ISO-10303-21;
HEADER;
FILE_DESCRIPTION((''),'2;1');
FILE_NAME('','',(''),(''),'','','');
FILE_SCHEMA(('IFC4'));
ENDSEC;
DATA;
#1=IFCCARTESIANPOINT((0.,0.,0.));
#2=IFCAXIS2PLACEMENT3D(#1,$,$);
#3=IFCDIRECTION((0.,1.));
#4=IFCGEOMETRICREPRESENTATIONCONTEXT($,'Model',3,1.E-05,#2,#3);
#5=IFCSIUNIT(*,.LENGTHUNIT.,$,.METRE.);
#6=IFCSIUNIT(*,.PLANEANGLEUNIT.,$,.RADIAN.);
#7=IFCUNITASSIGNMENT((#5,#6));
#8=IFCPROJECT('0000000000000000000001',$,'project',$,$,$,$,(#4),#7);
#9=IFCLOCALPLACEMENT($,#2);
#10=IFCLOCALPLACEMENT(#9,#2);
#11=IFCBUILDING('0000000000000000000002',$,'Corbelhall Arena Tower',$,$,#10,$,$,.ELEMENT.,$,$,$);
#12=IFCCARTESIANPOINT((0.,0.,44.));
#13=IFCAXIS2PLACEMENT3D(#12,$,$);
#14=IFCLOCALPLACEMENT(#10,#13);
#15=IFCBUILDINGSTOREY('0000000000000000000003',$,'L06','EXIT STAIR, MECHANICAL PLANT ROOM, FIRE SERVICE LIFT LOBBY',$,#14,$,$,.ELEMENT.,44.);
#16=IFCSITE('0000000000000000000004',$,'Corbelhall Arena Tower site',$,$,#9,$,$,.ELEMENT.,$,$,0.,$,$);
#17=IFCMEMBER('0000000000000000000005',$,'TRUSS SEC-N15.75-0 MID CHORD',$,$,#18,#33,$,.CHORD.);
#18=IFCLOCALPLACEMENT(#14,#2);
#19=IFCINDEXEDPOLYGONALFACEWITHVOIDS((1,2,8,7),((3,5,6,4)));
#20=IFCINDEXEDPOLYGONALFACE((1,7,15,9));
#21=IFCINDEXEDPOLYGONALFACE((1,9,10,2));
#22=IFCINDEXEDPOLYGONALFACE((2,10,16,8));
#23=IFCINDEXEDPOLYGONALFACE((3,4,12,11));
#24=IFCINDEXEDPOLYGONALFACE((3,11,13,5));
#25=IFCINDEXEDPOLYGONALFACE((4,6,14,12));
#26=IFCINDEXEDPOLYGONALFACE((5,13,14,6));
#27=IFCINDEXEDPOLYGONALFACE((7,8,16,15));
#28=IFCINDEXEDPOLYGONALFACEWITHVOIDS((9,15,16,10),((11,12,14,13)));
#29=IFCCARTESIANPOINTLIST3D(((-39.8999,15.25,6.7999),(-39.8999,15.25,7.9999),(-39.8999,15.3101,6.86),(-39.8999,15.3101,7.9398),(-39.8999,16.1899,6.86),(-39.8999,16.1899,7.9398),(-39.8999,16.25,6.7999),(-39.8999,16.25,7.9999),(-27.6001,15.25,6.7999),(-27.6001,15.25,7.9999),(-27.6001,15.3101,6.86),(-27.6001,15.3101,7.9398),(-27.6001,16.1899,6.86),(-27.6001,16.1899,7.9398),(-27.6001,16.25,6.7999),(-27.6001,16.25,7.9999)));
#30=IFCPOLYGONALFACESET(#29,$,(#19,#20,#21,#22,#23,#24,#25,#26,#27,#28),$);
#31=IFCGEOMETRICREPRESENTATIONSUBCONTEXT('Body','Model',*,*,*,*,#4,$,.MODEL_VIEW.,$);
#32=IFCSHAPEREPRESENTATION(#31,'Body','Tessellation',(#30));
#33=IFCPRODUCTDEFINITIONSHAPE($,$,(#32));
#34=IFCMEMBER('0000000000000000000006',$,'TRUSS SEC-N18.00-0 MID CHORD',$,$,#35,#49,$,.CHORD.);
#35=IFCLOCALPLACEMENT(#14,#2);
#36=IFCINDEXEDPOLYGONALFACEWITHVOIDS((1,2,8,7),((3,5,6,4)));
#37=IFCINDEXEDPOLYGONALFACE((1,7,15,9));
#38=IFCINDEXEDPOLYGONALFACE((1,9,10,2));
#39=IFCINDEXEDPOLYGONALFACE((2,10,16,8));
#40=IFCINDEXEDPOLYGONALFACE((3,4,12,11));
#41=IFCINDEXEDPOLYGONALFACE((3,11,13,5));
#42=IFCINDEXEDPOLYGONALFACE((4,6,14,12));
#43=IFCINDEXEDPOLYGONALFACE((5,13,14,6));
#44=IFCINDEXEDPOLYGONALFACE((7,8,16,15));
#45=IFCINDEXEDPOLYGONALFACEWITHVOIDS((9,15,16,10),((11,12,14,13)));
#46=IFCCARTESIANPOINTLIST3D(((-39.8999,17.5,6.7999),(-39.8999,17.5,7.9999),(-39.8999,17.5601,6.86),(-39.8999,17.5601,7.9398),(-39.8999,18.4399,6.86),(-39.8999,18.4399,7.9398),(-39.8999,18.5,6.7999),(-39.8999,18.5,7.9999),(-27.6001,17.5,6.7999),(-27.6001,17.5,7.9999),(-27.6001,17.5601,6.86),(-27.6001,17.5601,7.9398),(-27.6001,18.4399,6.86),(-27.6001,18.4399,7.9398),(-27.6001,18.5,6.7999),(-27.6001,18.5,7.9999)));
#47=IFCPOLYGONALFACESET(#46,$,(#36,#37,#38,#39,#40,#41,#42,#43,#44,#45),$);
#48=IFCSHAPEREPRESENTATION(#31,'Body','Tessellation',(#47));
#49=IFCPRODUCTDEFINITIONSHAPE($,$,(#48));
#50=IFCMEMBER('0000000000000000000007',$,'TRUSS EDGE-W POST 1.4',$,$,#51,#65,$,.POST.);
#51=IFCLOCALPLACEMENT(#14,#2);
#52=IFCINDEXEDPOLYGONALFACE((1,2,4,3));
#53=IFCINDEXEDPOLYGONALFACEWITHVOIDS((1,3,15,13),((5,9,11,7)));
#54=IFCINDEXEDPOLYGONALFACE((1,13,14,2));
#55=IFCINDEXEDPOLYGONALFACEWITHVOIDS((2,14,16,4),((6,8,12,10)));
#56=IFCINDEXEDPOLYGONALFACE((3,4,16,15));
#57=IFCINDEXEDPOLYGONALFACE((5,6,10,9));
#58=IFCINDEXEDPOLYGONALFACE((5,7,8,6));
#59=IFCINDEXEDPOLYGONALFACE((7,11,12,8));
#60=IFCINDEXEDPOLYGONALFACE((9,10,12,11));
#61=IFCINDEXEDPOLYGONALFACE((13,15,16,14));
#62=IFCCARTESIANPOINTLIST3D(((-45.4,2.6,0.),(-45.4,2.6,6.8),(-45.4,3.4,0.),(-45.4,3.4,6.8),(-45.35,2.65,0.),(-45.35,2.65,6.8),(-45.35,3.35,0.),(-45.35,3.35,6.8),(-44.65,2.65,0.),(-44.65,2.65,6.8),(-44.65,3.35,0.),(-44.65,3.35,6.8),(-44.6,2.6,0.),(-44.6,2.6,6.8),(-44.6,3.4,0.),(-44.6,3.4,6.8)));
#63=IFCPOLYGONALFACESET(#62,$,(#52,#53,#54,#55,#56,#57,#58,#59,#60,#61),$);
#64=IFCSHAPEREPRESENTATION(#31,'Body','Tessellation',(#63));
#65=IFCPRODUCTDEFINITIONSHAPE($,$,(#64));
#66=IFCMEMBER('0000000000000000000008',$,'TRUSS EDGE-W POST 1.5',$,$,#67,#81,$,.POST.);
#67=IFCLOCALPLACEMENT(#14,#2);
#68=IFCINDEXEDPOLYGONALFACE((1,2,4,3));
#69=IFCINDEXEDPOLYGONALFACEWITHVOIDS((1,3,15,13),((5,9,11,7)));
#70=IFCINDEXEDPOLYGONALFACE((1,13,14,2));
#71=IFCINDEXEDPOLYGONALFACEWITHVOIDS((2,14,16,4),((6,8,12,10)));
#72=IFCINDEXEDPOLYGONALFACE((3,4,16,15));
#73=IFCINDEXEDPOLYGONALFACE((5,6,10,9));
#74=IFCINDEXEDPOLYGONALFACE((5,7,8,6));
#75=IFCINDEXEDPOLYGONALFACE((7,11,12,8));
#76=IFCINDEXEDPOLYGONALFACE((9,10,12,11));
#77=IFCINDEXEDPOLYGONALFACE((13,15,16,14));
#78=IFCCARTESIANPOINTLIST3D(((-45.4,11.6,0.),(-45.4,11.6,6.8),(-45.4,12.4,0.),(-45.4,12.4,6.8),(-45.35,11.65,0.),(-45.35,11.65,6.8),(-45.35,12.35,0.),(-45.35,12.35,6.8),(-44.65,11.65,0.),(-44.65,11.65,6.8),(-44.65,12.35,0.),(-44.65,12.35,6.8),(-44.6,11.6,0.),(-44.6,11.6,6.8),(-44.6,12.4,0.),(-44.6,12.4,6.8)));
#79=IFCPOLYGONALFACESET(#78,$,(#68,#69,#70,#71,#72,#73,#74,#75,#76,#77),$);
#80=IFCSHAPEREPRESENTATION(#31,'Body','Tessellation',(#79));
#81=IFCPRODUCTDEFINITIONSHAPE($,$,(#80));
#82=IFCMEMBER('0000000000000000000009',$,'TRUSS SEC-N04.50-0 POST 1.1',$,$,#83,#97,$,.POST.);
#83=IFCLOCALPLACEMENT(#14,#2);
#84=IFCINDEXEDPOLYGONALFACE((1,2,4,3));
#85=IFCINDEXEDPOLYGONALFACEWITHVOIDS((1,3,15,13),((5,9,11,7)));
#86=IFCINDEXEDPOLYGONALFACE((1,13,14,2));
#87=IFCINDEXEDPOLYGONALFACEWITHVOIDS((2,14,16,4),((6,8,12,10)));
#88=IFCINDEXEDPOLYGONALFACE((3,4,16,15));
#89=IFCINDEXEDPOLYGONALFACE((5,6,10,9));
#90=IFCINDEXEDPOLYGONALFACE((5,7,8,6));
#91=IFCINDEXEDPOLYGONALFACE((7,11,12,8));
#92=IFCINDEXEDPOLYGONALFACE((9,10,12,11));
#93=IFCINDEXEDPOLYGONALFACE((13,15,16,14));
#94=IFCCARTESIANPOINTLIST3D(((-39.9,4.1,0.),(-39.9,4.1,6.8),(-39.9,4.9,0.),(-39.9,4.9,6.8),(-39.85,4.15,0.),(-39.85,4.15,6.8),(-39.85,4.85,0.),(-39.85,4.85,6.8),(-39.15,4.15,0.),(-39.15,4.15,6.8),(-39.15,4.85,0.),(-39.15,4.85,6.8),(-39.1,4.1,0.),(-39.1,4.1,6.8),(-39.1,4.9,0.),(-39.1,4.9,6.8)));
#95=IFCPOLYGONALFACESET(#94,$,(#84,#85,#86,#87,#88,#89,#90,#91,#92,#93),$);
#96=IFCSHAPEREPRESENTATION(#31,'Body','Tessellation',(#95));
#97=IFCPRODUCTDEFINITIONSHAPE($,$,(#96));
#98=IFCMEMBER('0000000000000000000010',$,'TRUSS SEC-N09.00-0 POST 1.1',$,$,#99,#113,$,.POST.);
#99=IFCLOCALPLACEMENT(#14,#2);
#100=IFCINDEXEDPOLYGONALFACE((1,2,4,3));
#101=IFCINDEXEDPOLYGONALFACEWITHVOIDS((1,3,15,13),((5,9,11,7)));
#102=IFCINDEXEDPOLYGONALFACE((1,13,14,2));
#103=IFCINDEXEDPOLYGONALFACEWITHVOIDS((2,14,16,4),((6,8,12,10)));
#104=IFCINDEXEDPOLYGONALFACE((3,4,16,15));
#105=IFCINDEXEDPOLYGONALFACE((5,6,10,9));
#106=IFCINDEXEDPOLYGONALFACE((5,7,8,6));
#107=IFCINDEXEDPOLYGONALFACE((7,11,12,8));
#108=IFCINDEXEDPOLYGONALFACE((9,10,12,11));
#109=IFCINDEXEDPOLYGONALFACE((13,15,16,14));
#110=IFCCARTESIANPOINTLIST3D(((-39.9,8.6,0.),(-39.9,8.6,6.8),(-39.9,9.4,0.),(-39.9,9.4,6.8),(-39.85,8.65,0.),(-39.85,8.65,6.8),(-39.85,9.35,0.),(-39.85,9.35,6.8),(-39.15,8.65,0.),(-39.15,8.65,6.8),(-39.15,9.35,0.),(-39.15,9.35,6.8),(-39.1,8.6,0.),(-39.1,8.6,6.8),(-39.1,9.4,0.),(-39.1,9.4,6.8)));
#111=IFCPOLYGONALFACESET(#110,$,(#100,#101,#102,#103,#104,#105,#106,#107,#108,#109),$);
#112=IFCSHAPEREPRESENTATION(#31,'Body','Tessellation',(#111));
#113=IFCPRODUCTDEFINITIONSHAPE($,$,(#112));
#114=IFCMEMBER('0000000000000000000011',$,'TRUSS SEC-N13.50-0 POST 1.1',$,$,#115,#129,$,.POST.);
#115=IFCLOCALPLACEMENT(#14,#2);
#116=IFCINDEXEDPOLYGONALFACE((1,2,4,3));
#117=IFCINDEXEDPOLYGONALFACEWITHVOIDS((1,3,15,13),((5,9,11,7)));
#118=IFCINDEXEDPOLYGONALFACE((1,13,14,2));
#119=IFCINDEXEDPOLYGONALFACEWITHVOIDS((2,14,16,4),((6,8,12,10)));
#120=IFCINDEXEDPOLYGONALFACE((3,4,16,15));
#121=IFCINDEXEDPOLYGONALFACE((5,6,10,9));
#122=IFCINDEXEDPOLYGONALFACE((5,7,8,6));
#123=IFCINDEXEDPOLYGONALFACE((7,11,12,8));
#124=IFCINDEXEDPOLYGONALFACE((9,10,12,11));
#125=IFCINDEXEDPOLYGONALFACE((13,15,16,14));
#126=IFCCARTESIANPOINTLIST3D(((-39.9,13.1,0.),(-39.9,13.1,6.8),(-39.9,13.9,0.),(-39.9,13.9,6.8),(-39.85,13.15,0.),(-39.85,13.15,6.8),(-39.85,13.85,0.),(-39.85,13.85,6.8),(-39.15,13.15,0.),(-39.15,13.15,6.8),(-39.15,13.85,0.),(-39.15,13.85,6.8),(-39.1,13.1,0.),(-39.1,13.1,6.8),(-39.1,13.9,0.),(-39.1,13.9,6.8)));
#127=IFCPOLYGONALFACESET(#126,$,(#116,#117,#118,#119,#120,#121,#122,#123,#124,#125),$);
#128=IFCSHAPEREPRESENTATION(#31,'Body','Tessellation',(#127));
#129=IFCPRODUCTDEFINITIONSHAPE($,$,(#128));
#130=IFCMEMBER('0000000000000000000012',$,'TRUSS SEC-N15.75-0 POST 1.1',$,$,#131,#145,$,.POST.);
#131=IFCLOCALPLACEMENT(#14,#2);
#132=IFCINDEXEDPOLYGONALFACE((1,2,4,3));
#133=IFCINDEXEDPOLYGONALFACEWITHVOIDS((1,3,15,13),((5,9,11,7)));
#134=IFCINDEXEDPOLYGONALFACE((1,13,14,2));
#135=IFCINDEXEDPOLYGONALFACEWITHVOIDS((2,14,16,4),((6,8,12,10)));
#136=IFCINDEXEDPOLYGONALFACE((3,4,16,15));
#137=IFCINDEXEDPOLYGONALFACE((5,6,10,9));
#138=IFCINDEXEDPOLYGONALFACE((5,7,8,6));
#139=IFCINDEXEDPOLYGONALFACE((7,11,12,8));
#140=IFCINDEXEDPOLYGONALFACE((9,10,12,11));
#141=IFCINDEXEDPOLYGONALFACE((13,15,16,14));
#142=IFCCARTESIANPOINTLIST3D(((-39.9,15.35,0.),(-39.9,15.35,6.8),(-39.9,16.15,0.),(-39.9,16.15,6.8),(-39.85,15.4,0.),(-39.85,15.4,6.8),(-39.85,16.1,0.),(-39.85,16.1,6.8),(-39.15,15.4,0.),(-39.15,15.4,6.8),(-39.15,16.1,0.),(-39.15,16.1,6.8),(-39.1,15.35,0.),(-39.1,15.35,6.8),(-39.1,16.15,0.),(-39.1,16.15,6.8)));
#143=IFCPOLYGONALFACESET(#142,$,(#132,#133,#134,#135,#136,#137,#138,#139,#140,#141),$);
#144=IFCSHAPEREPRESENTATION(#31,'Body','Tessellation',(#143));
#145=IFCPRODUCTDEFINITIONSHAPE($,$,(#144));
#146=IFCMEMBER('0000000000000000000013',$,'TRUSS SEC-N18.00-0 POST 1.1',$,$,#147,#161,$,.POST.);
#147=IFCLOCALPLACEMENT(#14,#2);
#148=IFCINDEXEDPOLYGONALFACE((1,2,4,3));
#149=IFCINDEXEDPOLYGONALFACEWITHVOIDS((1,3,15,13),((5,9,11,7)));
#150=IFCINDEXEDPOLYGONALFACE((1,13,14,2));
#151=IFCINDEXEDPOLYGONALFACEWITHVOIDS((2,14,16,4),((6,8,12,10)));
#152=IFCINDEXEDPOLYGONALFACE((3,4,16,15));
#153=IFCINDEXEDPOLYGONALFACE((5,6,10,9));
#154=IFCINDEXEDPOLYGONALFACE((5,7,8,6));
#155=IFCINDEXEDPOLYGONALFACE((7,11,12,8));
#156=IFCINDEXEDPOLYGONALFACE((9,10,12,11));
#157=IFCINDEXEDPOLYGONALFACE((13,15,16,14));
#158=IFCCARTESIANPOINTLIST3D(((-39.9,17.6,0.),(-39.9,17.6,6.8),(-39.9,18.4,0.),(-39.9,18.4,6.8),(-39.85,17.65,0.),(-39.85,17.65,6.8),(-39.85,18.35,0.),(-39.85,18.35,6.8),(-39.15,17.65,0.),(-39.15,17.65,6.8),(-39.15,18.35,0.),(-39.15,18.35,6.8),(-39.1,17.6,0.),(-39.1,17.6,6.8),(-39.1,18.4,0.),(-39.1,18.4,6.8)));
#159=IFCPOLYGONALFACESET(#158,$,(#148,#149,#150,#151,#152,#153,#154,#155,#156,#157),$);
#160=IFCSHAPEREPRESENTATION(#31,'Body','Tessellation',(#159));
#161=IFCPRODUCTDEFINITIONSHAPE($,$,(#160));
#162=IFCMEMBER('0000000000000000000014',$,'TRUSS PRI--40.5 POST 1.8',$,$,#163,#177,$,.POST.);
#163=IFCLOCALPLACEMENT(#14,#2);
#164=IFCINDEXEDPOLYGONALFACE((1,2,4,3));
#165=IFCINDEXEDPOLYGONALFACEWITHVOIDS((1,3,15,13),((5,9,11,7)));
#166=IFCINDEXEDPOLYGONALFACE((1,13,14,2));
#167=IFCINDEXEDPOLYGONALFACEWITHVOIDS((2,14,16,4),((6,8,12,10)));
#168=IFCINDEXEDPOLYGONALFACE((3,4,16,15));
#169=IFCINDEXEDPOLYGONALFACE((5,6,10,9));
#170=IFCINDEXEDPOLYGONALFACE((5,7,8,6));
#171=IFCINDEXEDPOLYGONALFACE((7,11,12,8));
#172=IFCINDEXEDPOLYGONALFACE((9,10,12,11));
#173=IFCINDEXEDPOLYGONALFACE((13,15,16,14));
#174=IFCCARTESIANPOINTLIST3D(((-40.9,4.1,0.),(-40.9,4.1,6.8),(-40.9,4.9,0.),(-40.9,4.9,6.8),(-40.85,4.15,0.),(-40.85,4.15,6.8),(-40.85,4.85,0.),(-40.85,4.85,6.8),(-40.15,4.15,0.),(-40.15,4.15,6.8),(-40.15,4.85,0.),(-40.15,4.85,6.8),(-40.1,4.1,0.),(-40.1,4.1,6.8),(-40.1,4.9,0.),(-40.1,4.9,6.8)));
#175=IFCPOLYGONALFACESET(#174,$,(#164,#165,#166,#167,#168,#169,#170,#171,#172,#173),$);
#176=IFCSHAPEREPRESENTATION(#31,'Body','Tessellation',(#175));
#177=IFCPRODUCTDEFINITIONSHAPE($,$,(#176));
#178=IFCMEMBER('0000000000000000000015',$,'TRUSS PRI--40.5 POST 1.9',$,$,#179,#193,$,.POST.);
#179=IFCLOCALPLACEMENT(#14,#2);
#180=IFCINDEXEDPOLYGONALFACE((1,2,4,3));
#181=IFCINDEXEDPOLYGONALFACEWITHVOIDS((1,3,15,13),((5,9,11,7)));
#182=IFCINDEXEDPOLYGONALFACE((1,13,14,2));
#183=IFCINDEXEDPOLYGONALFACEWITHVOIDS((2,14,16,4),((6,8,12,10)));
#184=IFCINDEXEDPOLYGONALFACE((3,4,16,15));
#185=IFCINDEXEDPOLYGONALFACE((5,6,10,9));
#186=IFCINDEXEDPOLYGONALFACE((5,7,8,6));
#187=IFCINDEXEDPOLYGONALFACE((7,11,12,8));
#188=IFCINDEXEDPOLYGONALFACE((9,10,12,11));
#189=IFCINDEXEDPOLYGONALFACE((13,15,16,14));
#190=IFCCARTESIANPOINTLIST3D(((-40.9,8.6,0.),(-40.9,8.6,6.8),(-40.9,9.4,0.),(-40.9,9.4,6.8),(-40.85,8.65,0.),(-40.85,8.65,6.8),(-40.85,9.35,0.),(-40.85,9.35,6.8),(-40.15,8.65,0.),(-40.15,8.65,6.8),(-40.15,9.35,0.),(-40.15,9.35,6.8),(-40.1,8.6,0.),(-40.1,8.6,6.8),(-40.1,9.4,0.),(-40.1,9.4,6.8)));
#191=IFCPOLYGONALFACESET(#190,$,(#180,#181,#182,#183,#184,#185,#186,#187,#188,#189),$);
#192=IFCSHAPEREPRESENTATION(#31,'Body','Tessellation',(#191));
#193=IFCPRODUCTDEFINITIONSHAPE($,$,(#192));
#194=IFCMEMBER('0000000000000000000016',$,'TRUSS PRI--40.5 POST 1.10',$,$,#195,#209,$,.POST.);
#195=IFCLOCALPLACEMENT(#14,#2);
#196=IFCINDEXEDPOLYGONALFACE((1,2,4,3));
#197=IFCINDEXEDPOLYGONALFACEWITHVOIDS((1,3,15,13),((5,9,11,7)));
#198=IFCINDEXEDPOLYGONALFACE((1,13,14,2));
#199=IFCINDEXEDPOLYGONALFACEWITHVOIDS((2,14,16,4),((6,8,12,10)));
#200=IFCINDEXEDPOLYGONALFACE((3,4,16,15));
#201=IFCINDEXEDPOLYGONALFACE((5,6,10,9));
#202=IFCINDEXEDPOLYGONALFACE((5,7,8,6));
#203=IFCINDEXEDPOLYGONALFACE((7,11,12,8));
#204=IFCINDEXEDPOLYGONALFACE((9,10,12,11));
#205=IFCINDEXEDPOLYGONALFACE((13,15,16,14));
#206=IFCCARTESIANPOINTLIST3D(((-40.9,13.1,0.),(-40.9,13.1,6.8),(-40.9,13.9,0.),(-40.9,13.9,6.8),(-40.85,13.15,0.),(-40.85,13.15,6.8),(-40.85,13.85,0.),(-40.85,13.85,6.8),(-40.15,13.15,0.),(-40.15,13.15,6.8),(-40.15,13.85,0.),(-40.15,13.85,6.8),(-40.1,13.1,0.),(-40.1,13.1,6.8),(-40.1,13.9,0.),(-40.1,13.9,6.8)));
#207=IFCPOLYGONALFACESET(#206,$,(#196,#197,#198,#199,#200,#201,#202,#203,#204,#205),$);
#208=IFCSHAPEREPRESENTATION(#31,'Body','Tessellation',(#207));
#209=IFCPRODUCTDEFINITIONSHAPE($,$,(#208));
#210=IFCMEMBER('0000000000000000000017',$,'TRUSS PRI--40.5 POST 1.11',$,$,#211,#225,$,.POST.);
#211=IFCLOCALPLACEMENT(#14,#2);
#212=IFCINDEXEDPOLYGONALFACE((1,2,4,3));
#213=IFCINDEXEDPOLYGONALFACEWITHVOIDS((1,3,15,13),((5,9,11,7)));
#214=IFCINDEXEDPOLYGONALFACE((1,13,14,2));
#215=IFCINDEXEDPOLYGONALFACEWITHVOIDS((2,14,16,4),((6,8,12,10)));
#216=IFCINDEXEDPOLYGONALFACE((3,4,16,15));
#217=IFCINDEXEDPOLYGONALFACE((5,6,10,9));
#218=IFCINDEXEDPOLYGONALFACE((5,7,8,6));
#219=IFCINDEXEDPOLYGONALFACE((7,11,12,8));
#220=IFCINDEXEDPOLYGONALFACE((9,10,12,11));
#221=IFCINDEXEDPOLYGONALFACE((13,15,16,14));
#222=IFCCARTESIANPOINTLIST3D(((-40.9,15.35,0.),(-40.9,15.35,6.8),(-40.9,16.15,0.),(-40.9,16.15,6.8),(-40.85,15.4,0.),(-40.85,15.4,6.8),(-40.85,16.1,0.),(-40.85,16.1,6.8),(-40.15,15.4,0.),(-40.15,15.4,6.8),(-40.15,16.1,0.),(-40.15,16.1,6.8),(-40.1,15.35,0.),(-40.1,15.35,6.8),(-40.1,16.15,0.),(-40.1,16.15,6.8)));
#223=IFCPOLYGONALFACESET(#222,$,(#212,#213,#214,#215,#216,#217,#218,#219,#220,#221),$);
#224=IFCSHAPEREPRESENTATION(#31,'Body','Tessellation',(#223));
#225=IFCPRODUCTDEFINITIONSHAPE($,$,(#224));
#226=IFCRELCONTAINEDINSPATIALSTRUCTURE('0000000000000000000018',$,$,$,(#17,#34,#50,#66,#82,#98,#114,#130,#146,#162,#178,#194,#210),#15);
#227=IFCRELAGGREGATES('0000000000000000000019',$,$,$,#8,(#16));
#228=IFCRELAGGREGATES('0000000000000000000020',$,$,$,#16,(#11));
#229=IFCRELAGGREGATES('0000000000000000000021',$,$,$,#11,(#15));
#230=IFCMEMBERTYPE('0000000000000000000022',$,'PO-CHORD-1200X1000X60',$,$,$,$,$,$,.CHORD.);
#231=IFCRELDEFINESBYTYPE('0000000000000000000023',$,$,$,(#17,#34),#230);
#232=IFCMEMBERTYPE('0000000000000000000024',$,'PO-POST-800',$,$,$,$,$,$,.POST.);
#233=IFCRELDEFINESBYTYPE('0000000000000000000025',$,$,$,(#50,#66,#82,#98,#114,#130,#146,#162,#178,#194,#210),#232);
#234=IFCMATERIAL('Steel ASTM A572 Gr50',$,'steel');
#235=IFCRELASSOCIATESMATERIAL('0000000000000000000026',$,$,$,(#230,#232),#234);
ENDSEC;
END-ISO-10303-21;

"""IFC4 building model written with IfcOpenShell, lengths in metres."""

from ifc_helpers import new_model, si_unit, direction, frame, origin, origin_2d, place, context, subcontext, project, spatial, hollow_rectangle, extrude, material, material_profile, profile_set, type_object, element, save


model = new_model("IFC4")

# Units and contexts
model_context = context("Model", 3, precision=1e-05, world=origin(), true_north=direction((0.0, 1.0)))
body_context = subcontext(model_context, "Body", "Model", "MODEL_VIEW")
ifc_project = project(units=[si_unit("LENGTHUNIT", "METRE"), si_unit("PLANEANGLEUNIT", "RADIAN")], contexts=[model_context])

# Site, building, storey
site_placement = place(None, origin())
site = spatial("IfcSite", under=ifc_project, at=site_placement, Name="Corbelhall Arena Tower site", CompositionType="ELEMENT", RefElevation=0.0)
building_placement = place(site_placement, origin())
building = spatial("IfcBuilding", under=site, at=building_placement, Name="Corbelhall Arena Tower", CompositionType="ELEMENT")
storey_placement = place(building_placement, frame((0.0, 0.0, 44.0)))
storey = spatial("IfcBuildingStorey", under=building, at=storey_placement, Name="L06", Description="EXIT STAIR, MECHANICAL PLANT ROOM, FIRE SERVICE LIFT LOBBY", CompositionType="ELEMENT", Elevation=44.0)

# Members
ifc_material_1 = material(Name="Steel ASTM A572 Gr50", Category="steel")
ifc_material_profile_1 = material_profile(ifc_material_1, hollow_rectangle(XDim=1.0, YDim=1.2, WallThickness=0.0601, at=origin_2d()))
ifc_profile_set_1 = profile_set([ifc_material_profile_1], Name="Steel ASTM A572 Gr50")
member_type_1 = type_object("IfcMemberType", Name="PO-CHORD-1200X1000X60", PredefinedType="CHORD", material=ifc_profile_set_1)
for number, where, z_axis, x_axis, name in (
    (1, (-39.8999, 15.75, 7.3999), (1.0, 0.0, 0.0), (0.0, 1.0, 0.0), "TRUSS SEC-N15.75-0 MID CHORD"),
    (2, (-39.8999, 18.0, 7.3999), (1.0, 0.0, 0.0), (0.0, 1.0, 0.0), "TRUSS SEC-N18.00-0 MID CHORD"),
):
    element("IfcMember", number, at=place(storey_placement, frame(where, z_axis=z_axis, x_axis=x_axis)), inside=storey, type_object=member_type_1, Name=name, PredefinedType="CHORD", context=body_context, shape_type="SweptSolid", body=[
        extrude(hollow_rectangle(XDim=1.0, YDim=1.2, WallThickness=0.0601, at=origin_2d()), origin(), (0.0, 0.0, 1.0), 12.2998),
    ])
ifc_material_profile_2 = material_profile(ifc_material_1, hollow_rectangle(XDim=0.8, YDim=0.8, WallThickness=0.05, at=origin_2d()))
ifc_profile_set_2 = profile_set([ifc_material_profile_2], Name="Steel ASTM A572 Gr50")
member_type_2 = type_object("IfcMemberType", Name="PO-POST-800", PredefinedType="POST", material=ifc_profile_set_2)
for number, where, z_axis, x_axis, name in (
    (3, (-45.0, 3.0, 0.0), (0.0, 0.0, 1.0), (1.0, 0.0, 0.0), "TRUSS EDGE-W POST 1.4"),
    (4, (-45.0, 12.0, 0.0), (0.0, 0.0, 1.0), (1.0, 0.0, 0.0), "TRUSS EDGE-W POST 1.5"),
    (5, (-39.5, 4.5, 0.0), (0.0, 0.0, 1.0), (1.0, 0.0, 0.0), "TRUSS SEC-N04.50-0 POST 1.1"),
    (6, (-39.5, 9.0, 0.0), (0.0, 0.0, 1.0), (1.0, 0.0, 0.0), "TRUSS SEC-N09.00-0 POST 1.1"),
    (7, (-39.5, 13.5, 0.0), (0.0, 0.0, 1.0), (1.0, 0.0, 0.0), "TRUSS SEC-N13.50-0 POST 1.1"),
    (8, (-39.5, 15.75, 0.0), (0.0, 0.0, 1.0), (1.0, 0.0, 0.0), "TRUSS SEC-N15.75-0 POST 1.1"),
    (9, (-39.5, 18.0, 0.0), (0.0, 0.0, 1.0), (1.0, 0.0, 0.0), "TRUSS SEC-N18.00-0 POST 1.1"),
    (10, (-40.5, 4.5, 0.0), (0.0, 0.0, 1.0), (1.0, 0.0, 0.0), "TRUSS PRI--40.5 POST 1.8"),
    (11, (-40.5, 9.0, 0.0), (0.0, 0.0, 1.0), (1.0, 0.0, 0.0), "TRUSS PRI--40.5 POST 1.9"),
    (12, (-40.5, 13.5, 0.0), (0.0, 0.0, 1.0), (1.0, 0.0, 0.0), "TRUSS PRI--40.5 POST 1.10"),
    (13, (-40.5, 15.75, 0.0), (0.0, 0.0, 1.0), (1.0, 0.0, 0.0), "TRUSS PRI--40.5 POST 1.11"),
):
    element("IfcMember", number, at=place(storey_placement, frame(where, z_axis=z_axis, x_axis=x_axis)), inside=storey, type_object=member_type_2, Name=name, PredefinedType="POST", context=body_context, shape_type="SweptSolid", body=[
        extrude(hollow_rectangle(XDim=0.8, YDim=0.8, WallThickness=0.05, at=origin_2d()), origin(), (0.0, 0.0, 1.0), 6.8),
    ])

save(model, "model.ifc")
